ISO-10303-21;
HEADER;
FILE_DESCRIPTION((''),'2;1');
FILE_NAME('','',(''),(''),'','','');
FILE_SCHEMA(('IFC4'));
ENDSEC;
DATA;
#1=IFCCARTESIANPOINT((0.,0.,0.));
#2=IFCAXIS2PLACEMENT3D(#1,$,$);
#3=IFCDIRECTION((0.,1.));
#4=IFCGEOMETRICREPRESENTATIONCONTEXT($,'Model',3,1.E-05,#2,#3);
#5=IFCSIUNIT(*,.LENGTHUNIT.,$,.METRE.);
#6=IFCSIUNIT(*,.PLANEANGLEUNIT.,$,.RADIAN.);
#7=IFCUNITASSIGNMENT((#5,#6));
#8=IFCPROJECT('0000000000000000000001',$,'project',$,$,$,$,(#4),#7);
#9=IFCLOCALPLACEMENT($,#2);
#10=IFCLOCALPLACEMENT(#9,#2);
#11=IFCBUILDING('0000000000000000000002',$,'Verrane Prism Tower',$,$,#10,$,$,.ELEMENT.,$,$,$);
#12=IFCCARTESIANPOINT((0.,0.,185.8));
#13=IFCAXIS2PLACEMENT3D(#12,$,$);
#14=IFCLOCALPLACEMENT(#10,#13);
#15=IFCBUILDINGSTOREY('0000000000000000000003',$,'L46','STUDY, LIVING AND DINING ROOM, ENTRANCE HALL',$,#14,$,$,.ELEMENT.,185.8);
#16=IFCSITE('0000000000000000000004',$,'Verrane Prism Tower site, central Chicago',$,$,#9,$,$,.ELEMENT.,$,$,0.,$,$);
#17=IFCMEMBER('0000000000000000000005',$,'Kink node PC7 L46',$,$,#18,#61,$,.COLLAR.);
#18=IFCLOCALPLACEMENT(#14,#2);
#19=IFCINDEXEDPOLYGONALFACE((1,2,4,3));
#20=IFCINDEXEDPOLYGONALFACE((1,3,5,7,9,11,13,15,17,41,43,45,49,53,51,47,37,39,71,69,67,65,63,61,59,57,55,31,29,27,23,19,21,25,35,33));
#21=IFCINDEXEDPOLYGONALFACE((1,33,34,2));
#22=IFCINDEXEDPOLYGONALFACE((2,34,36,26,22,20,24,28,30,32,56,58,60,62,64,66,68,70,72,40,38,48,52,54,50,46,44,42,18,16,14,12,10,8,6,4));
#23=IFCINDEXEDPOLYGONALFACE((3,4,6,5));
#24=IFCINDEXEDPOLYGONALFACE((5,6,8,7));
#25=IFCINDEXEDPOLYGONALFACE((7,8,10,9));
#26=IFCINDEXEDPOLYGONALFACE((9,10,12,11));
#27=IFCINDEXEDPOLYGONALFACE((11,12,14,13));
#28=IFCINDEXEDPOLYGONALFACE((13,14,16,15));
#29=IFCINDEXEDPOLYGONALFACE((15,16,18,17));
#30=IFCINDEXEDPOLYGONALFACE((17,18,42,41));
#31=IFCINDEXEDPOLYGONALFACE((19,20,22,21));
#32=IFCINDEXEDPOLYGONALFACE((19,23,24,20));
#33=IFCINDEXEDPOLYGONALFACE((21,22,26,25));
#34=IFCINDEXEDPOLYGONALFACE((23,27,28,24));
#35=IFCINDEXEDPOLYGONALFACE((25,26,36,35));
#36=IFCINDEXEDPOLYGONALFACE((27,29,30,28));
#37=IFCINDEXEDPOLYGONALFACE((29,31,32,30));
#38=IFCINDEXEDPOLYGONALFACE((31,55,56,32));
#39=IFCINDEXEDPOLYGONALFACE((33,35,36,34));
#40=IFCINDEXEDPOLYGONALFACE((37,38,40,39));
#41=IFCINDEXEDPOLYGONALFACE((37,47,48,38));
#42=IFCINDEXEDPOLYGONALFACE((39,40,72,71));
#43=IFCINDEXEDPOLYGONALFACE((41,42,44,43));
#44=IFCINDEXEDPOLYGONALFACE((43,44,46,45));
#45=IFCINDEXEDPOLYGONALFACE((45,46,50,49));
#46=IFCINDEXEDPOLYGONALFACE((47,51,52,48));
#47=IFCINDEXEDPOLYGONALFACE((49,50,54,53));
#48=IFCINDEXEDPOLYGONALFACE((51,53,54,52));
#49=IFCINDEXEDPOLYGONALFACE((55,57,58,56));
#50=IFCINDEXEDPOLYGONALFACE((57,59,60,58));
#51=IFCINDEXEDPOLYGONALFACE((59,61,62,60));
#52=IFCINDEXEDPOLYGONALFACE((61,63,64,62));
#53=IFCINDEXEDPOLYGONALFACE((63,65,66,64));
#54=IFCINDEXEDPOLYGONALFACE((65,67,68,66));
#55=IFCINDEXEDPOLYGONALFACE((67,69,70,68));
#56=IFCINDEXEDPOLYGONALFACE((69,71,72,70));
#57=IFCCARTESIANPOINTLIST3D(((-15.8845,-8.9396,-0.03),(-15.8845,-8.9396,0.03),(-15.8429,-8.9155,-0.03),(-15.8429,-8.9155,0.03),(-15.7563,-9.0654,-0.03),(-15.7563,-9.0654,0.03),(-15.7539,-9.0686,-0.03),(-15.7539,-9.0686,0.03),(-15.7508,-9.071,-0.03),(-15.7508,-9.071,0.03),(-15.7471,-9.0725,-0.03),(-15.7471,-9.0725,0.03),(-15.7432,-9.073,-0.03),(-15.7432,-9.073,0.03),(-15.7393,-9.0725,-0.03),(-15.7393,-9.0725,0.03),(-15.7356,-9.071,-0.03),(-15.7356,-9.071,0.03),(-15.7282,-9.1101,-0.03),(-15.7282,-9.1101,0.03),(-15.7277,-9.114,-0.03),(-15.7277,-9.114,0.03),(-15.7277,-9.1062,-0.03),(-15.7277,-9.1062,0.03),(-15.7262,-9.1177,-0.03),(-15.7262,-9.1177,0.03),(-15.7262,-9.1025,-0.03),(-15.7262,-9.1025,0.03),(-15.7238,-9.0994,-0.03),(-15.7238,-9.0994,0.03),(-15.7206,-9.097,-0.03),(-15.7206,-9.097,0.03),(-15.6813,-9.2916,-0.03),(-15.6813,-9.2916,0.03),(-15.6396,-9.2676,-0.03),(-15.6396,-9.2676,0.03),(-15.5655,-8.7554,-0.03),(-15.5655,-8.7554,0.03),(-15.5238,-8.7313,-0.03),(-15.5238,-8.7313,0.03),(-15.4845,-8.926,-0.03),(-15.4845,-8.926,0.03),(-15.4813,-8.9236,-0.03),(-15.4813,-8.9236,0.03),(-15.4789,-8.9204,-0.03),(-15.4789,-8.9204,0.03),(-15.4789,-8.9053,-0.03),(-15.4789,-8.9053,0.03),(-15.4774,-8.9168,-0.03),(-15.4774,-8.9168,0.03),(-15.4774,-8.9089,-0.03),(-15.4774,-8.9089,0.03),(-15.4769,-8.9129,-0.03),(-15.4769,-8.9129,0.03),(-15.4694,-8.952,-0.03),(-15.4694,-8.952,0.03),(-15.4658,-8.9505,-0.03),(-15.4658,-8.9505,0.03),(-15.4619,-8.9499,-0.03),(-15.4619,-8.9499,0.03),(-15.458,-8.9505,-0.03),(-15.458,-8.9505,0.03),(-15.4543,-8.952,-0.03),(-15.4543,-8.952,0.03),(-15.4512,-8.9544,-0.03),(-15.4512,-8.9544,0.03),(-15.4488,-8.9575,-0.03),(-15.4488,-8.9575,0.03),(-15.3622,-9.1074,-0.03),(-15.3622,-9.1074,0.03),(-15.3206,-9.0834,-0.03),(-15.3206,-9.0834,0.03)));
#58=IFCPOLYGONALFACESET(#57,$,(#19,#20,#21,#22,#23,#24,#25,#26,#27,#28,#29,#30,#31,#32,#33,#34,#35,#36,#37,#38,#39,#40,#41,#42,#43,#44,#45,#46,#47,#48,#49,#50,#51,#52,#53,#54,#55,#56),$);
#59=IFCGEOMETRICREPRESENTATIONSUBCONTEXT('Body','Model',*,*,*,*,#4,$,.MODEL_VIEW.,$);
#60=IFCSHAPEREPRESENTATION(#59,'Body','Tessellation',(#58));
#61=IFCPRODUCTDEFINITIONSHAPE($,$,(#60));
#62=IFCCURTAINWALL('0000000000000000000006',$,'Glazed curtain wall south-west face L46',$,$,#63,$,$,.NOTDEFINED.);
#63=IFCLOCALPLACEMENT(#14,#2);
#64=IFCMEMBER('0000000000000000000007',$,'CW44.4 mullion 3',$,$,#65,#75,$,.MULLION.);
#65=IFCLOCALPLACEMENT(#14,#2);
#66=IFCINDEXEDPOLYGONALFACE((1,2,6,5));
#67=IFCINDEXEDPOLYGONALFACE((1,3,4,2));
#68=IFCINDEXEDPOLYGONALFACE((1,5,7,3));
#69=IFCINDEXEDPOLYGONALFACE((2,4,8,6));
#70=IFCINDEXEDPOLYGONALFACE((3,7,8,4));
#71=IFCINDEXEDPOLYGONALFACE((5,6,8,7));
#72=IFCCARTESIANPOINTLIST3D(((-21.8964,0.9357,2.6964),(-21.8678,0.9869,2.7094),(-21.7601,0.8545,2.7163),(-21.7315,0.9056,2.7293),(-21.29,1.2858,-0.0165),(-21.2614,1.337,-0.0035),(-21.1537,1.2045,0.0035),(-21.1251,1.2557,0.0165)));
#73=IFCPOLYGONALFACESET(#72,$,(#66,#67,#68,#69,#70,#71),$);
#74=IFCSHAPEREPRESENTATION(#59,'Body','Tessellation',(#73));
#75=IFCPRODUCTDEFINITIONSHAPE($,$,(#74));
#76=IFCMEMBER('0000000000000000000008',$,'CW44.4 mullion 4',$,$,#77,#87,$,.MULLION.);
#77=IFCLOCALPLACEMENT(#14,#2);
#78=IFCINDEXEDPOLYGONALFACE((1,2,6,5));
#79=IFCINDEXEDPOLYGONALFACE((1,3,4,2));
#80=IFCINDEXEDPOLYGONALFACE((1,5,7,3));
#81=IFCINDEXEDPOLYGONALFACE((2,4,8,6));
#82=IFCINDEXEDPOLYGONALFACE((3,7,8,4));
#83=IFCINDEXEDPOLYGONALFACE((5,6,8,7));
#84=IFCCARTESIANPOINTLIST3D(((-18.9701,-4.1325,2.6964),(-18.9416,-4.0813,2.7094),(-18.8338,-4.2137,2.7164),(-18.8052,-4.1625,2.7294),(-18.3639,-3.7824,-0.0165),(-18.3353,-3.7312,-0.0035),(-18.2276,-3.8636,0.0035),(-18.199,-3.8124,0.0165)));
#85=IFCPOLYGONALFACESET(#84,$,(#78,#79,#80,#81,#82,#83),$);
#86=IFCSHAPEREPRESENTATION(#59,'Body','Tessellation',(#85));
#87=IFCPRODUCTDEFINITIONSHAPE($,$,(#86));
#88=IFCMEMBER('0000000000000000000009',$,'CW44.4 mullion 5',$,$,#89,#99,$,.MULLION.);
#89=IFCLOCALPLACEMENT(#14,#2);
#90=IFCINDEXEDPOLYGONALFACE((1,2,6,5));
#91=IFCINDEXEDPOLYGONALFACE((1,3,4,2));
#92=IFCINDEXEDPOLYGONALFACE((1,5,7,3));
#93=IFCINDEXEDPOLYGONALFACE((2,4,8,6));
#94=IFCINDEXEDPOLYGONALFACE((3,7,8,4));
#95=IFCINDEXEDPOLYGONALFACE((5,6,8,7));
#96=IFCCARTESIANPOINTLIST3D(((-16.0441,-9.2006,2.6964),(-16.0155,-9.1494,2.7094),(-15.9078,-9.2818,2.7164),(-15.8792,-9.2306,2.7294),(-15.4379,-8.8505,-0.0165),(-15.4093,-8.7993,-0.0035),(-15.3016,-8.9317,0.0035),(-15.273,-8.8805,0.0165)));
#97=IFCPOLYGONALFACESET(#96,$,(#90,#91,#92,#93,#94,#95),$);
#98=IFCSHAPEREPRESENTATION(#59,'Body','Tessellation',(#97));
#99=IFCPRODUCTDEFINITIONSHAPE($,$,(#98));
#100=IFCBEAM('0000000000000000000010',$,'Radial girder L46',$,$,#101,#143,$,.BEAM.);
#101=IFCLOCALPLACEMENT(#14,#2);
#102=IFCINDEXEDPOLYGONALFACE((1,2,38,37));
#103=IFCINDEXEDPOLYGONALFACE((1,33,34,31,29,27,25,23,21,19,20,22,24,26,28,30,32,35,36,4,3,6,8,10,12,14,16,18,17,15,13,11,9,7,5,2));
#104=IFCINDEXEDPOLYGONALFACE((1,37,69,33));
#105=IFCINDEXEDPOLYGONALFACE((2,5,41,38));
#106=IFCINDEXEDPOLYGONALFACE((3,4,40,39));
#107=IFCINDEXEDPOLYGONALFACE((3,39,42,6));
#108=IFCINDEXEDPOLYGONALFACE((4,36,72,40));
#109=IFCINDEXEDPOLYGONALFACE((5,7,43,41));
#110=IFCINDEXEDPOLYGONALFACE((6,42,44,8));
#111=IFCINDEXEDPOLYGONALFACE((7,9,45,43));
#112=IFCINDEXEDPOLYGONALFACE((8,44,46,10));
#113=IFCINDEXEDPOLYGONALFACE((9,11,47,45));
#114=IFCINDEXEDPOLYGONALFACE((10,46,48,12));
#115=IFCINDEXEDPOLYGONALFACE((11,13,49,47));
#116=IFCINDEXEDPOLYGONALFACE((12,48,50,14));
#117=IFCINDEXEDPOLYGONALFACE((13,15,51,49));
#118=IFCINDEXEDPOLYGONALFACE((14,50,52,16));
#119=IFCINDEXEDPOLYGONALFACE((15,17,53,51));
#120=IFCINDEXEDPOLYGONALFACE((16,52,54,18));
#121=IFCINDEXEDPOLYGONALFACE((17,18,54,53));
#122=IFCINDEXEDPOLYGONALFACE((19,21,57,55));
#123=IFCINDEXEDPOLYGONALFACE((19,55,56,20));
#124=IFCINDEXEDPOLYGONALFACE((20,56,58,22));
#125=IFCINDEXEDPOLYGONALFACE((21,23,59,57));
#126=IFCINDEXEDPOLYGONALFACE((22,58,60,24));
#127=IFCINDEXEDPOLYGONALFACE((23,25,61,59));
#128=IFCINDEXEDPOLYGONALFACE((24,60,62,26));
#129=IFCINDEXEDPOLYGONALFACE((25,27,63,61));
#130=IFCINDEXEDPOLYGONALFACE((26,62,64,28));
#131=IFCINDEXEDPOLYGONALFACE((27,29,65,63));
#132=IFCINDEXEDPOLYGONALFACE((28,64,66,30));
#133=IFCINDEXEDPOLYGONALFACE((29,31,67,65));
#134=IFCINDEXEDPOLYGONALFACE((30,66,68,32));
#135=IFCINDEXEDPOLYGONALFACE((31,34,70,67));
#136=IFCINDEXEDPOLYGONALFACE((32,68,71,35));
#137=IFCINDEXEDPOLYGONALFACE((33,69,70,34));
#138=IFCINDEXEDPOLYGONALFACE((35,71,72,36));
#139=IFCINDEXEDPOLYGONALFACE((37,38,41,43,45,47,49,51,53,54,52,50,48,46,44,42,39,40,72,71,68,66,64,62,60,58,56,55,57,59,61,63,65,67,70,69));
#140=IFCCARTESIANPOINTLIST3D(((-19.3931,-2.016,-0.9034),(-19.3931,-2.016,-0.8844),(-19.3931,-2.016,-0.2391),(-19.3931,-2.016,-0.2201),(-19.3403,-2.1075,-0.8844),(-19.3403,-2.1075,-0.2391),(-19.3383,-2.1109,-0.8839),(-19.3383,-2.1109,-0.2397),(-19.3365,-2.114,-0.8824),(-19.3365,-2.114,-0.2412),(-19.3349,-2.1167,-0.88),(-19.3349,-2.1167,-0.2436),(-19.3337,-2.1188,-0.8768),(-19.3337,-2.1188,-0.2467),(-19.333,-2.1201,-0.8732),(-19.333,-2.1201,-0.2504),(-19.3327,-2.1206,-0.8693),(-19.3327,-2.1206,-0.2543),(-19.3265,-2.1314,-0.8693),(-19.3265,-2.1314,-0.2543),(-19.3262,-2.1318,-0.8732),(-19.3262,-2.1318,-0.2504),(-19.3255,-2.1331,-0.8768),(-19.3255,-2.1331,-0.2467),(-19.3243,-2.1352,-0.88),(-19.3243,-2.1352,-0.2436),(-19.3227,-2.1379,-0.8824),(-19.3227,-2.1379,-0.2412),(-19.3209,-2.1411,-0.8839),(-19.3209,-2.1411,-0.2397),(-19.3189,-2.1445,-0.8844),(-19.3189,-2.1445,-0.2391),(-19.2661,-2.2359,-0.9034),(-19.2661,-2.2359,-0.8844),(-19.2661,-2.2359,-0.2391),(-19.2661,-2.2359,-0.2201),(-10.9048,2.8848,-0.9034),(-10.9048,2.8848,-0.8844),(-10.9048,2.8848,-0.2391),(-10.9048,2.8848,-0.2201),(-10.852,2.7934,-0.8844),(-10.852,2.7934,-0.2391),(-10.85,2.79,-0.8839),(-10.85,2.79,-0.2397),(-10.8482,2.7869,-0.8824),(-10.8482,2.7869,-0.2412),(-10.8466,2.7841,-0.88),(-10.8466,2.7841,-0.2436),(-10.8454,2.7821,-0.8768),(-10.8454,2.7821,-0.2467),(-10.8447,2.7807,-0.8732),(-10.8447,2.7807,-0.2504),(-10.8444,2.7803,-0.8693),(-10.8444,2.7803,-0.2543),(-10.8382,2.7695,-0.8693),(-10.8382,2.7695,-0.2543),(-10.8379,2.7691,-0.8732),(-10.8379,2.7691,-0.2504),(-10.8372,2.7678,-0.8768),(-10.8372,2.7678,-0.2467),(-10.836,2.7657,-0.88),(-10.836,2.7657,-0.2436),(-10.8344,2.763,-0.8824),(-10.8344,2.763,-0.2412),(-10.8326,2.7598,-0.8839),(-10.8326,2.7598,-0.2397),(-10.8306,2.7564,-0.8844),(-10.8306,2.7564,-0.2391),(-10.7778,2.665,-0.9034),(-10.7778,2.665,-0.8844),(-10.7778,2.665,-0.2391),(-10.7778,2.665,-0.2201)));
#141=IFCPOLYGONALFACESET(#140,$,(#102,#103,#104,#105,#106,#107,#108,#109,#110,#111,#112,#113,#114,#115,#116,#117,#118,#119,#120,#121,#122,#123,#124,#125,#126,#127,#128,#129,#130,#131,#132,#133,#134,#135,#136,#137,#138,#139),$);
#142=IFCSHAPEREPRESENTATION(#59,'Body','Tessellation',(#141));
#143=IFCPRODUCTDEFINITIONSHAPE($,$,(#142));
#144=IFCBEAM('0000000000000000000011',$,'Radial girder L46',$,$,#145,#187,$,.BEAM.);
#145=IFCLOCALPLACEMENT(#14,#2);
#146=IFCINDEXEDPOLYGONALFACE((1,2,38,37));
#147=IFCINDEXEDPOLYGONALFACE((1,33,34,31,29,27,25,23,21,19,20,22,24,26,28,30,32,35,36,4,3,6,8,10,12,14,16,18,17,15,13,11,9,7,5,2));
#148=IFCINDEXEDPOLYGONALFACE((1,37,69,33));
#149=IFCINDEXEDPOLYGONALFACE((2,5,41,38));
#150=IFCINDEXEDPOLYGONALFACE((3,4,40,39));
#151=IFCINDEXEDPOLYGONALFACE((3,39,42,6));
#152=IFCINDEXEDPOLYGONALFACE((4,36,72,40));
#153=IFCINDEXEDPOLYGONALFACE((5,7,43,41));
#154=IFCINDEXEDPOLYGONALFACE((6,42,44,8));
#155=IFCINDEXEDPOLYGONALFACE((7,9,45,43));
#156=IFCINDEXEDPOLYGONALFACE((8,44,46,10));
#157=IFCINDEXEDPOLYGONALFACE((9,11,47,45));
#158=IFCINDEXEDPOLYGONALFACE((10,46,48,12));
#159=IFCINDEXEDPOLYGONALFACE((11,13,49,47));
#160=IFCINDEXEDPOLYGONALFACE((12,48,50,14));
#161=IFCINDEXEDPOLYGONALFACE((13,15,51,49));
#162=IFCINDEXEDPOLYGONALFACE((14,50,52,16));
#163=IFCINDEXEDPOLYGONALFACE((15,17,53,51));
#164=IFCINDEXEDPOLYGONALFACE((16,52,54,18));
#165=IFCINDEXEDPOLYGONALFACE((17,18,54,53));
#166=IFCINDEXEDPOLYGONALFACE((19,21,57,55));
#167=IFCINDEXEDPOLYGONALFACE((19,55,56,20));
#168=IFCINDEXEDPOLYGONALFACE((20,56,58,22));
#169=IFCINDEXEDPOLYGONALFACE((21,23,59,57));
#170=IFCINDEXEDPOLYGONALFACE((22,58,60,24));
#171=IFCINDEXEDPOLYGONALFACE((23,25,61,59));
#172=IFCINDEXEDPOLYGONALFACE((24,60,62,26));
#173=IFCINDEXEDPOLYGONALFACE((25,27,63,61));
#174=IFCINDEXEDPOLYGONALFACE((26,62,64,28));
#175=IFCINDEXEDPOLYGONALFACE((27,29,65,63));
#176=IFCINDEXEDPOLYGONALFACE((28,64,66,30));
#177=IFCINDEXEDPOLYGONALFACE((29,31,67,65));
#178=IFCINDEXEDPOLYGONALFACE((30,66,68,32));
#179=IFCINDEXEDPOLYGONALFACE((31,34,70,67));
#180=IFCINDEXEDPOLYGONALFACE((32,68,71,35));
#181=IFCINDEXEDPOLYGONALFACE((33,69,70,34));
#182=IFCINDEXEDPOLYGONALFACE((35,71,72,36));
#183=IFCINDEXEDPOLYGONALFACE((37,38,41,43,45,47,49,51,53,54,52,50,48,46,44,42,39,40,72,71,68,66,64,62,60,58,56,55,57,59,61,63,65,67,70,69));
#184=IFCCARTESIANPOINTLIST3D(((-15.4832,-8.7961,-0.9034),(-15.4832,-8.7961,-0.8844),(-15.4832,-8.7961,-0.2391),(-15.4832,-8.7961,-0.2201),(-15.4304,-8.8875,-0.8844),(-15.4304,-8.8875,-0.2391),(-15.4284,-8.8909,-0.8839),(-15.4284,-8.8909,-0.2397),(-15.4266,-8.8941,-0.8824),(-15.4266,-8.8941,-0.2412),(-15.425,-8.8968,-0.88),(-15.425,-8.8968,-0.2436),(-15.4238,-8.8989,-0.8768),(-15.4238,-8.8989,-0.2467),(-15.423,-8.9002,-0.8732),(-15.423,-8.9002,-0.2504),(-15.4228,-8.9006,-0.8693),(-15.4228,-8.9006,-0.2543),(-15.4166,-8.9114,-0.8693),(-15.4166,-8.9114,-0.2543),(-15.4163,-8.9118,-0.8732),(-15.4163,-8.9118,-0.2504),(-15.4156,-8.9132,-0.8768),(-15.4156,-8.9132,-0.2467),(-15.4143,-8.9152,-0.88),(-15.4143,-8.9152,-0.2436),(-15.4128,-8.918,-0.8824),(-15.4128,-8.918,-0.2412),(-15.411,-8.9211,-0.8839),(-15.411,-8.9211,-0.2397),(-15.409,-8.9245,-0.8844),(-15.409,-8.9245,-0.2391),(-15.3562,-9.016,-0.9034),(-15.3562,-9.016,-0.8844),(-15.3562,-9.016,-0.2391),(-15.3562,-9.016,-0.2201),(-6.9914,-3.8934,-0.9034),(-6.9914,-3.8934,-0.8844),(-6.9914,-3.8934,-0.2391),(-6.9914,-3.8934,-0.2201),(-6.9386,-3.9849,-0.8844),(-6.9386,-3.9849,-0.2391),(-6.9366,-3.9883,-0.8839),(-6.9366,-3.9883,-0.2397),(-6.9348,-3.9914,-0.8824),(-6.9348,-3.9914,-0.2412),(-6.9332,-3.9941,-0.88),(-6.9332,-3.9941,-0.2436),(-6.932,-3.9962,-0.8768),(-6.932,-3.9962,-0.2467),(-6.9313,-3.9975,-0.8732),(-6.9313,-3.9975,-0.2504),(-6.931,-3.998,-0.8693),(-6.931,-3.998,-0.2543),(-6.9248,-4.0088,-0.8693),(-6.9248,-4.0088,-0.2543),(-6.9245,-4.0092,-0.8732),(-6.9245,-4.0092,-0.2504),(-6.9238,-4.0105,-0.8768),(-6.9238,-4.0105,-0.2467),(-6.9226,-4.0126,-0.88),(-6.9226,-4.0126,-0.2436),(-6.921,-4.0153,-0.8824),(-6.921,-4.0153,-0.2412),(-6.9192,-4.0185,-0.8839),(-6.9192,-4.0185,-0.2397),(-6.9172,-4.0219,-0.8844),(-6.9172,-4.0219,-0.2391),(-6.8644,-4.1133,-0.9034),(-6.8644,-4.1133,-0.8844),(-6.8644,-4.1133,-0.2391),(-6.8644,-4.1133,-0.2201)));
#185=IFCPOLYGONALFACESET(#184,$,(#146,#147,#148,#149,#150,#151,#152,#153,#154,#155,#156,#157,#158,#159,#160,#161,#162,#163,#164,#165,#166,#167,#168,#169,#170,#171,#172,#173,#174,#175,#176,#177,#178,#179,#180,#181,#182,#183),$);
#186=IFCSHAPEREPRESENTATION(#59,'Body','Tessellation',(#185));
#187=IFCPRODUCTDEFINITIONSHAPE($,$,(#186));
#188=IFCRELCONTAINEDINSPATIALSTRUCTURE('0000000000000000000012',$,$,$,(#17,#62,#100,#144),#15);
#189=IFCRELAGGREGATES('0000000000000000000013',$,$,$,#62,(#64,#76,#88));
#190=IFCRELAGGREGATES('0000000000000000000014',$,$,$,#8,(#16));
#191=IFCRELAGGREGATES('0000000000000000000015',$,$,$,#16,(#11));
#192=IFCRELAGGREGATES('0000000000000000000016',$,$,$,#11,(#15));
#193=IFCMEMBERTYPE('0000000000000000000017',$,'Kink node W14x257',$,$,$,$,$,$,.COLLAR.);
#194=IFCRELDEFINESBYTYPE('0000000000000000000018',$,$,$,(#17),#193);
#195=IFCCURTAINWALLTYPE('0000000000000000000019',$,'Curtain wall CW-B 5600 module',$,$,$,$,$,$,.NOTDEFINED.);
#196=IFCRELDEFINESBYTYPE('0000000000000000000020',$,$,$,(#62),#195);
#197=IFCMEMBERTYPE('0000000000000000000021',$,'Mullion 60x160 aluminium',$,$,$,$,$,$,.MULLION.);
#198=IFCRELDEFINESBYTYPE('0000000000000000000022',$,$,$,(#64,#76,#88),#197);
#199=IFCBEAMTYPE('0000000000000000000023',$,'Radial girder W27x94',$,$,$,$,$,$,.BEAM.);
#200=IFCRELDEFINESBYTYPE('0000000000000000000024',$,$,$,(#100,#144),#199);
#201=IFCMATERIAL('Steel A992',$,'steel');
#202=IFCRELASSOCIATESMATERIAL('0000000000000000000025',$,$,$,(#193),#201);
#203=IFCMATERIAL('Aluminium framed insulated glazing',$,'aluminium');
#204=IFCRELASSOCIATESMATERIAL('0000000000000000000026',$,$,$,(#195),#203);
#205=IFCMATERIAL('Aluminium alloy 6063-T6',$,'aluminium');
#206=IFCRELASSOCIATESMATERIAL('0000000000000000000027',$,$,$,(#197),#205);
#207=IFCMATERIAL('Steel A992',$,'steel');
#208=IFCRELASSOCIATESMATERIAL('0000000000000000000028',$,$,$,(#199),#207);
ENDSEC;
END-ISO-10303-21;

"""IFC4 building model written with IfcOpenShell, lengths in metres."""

from ifc_helpers import new_model, si_unit, direction, frame, origin, origin_2d, place, context, subcontext, project, spatial, rectangle, i_section, extrude, material, material_profile, profile_set, type_object, element, aggregate, save


model = new_model("IFC4")

# Units and contexts
model_context = context("Model", 3, precision=1e-05, world=origin(), true_north=direction((0.0, 1.0)))
body_context = subcontext(model_context, "Body", "Model", "MODEL_VIEW")
ifc_project = project(units=[si_unit("LENGTHUNIT", "METRE"), si_unit("PLANEANGLEUNIT", "RADIAN")], contexts=[model_context])

# Site, building, storey
site_placement = place(None, origin())
site = spatial("IfcSite", under=ifc_project, at=site_placement, Name="Verrane Prism Tower site, central Chicago", CompositionType="ELEMENT", RefElevation=0.0)
building_placement = place(site_placement, origin())
building = spatial("IfcBuilding", under=site, at=building_placement, Name="Verrane Prism Tower", CompositionType="ELEMENT")
storey_placement = place(building_placement, frame((0.0, 0.0, 185.8)))
storey = spatial("IfcBuildingStorey", under=building, at=storey_placement, Name="L46", Description="STUDY, LIVING AND DINING ROOM, ENTRANCE HALL", CompositionType="ELEMENT", Elevation=185.8)

# Member
ifc_material_1 = material(Name="Steel A992", Category="steel")
ifc_material_profile_1 = material_profile(ifc_material_1, i_section(OverallWidth=0.4065, OverallDepth=0.4165, WebThickness=0.03, FlangeThickness=0.0481, FilletRadius=0.0151, at=origin_2d()), Name="W14x257")
ifc_profile_set_1 = profile_set([ifc_material_profile_1], Name="Steel A992")
member_type_1 = type_object("IfcMemberType", Name="Kink node W14x257", PredefinedType="COLLAR", material=ifc_profile_set_1)
member_1_placement = place(storey_placement, frame((-15.6025, -9.0115, -0.03), z_axis=(0.0, 0.0, 1.0), x_axis=(-0.5, 0.866025, 0.0)))
element("IfcMember", 1, at=member_1_placement, inside=storey, type_object=member_type_1, Name="Kink node PC7 L46", PredefinedType="COLLAR", context=body_context, shape_type="SweptSolid", body=[
    extrude(i_section(OverallWidth=0.4065, OverallDepth=0.4165, WebThickness=0.03, FlangeThickness=0.0481, FilletRadius=0.0151, at=origin_2d()), origin(), (0.0, 0.0, 1.0), 0.0601),
])

# Curtain wall, members
ifc_material_2 = material(Name="Aluminium framed insulated glazing", Category="aluminium")
curtain_wall_type = type_object("IfcCurtainWallType", Name="Curtain wall CW-B 5600 module", PredefinedType="NOTDEFINED", material=ifc_material_2)
curtain_wall_placement = place(storey_placement, origin())
curtain_wall = element("IfcCurtainWall", 2, at=curtain_wall_placement, inside=storey, type_object=curtain_wall_type, Name="Glazed curtain wall south-west face L46", PredefinedType="NOTDEFINED")
ifc_material_3 = material(Name="Aluminium alloy 6063-T6", Category="aluminium")
ifc_material_profile_2 = material_profile(ifc_material_3, rectangle(XDim=0.1599, YDim=0.0601, at=origin_2d()), Name="Mullion 60x160 aluminium")
ifc_profile_set_2 = profile_set([ifc_material_profile_2], Name="Aluminium alloy 6063-T6")
member_type_2 = type_object("IfcMemberType", Name="Mullion 60x160 aluminium", PredefinedType="MULLION", material=ifc_profile_set_2)
member_2_placement = place(storey_placement, frame((-21.2075, 1.2708, 0.0), z_axis=(-0.216448, -0.124954, 0.968265), x_axis=(0.852262, -0.50797, 0.124963)))
member_2 = element("IfcMember", 3, at=member_2_placement, type_object=member_type_2, Name="CW44.4 mullion 3", PredefinedType="MULLION", context=body_context, shape_type="SweptSolid", body=[
    extrude(rectangle(XDim=0.1599, YDim=0.0601, at=origin_2d()), origin(), (0.0, 0.0, 1.0), 2.8018),
])
member_3_placement = place(storey_placement, frame((-18.2815, -3.7974, 0.0), z_axis=(-0.216365, -0.124957, 0.968283), x_axis=(0.852359, -0.507817, 0.124928)))
member_3 = element("IfcMember", 4, at=member_3_placement, type_object=member_type_2, Name="CW44.4 mullion 4", PredefinedType="MULLION", context=body_context, shape_type="SweptSolid", body=[
    extrude(rectangle(XDim=0.1599, YDim=0.0601, at=origin_2d()), origin(), (0.0, 0.0, 1.0), 2.8018),
])
member_4_placement = place(storey_placement, frame((-15.3555, -8.8655, 0.0), z_axis=(-0.216365, -0.124957, 0.968283), x_axis=(0.852359, -0.507817, 0.124928)))
member_4 = element("IfcMember", 5, at=member_4_placement, type_object=member_type_2, Name="CW44.4 mullion 5", PredefinedType="MULLION", context=body_context, shape_type="SweptSolid", body=[
    extrude(rectangle(XDim=0.1599, YDim=0.0601, at=origin_2d()), origin(), (0.0, 0.0, 1.0), 2.8018),
])

# Beams
ifc_material_4 = material(Name="Steel A992", Category="steel")
ifc_material_profile_3 = material_profile(ifc_material_4, i_section(OverallWidth=0.2539, OverallDepth=0.6833, WebThickness=0.0125, FlangeThickness=0.019, FilletRadius=0.0151, at=origin_2d()), Name="W27x94")
ifc_profile_set_3 = profile_set([ifc_material_profile_3], Name="Steel A992")
beam_type_1 = type_object("IfcBeamType", Name="Radial girder W27x94", PredefinedType="BEAM", material=ifc_profile_set_3)
beam_1_placement = place(storey_placement, frame((-19.3296, -2.126, -0.5618), z_axis=(0.866018, 0.500013, 0.0), x_axis=(-0.500013, 0.866018, 0.0)))
element("IfcBeam", 6, at=beam_1_placement, inside=storey, type_object=beam_type_1, Name="Radial girder L46", PredefinedType="BEAM", context=body_context, shape_type="SweptSolid", body=[
    extrude(i_section(OverallWidth=0.2539, OverallDepth=0.6833, WebThickness=0.0125, FlangeThickness=0.019, FilletRadius=0.0151, at=origin_2d()), origin(), (0.0, 0.0, 1.0), 9.8015),
])
beam_2_placement = place(storey_placement, frame((-15.4197, -8.906, -0.5618), z_axis=(0.86603, 0.499993, 0.0), x_axis=(-0.499993, 0.86603, 0.0)))
element("IfcBeam", 7, at=beam_2_placement, inside=storey, type_object=beam_type_1, Name="Radial girder L46", PredefinedType="BEAM", context=body_context, shape_type="SweptSolid", body=[
    extrude(i_section(OverallWidth=0.2539, OverallDepth=0.6833, WebThickness=0.0125, FlangeThickness=0.019, FilletRadius=0.0151, at=origin_2d()), origin(), (0.0, 0.0, 1.0), 9.8054),
])

aggregate(curtain_wall, [member_2, member_3, member_4])

save(model, "model.ifc")
